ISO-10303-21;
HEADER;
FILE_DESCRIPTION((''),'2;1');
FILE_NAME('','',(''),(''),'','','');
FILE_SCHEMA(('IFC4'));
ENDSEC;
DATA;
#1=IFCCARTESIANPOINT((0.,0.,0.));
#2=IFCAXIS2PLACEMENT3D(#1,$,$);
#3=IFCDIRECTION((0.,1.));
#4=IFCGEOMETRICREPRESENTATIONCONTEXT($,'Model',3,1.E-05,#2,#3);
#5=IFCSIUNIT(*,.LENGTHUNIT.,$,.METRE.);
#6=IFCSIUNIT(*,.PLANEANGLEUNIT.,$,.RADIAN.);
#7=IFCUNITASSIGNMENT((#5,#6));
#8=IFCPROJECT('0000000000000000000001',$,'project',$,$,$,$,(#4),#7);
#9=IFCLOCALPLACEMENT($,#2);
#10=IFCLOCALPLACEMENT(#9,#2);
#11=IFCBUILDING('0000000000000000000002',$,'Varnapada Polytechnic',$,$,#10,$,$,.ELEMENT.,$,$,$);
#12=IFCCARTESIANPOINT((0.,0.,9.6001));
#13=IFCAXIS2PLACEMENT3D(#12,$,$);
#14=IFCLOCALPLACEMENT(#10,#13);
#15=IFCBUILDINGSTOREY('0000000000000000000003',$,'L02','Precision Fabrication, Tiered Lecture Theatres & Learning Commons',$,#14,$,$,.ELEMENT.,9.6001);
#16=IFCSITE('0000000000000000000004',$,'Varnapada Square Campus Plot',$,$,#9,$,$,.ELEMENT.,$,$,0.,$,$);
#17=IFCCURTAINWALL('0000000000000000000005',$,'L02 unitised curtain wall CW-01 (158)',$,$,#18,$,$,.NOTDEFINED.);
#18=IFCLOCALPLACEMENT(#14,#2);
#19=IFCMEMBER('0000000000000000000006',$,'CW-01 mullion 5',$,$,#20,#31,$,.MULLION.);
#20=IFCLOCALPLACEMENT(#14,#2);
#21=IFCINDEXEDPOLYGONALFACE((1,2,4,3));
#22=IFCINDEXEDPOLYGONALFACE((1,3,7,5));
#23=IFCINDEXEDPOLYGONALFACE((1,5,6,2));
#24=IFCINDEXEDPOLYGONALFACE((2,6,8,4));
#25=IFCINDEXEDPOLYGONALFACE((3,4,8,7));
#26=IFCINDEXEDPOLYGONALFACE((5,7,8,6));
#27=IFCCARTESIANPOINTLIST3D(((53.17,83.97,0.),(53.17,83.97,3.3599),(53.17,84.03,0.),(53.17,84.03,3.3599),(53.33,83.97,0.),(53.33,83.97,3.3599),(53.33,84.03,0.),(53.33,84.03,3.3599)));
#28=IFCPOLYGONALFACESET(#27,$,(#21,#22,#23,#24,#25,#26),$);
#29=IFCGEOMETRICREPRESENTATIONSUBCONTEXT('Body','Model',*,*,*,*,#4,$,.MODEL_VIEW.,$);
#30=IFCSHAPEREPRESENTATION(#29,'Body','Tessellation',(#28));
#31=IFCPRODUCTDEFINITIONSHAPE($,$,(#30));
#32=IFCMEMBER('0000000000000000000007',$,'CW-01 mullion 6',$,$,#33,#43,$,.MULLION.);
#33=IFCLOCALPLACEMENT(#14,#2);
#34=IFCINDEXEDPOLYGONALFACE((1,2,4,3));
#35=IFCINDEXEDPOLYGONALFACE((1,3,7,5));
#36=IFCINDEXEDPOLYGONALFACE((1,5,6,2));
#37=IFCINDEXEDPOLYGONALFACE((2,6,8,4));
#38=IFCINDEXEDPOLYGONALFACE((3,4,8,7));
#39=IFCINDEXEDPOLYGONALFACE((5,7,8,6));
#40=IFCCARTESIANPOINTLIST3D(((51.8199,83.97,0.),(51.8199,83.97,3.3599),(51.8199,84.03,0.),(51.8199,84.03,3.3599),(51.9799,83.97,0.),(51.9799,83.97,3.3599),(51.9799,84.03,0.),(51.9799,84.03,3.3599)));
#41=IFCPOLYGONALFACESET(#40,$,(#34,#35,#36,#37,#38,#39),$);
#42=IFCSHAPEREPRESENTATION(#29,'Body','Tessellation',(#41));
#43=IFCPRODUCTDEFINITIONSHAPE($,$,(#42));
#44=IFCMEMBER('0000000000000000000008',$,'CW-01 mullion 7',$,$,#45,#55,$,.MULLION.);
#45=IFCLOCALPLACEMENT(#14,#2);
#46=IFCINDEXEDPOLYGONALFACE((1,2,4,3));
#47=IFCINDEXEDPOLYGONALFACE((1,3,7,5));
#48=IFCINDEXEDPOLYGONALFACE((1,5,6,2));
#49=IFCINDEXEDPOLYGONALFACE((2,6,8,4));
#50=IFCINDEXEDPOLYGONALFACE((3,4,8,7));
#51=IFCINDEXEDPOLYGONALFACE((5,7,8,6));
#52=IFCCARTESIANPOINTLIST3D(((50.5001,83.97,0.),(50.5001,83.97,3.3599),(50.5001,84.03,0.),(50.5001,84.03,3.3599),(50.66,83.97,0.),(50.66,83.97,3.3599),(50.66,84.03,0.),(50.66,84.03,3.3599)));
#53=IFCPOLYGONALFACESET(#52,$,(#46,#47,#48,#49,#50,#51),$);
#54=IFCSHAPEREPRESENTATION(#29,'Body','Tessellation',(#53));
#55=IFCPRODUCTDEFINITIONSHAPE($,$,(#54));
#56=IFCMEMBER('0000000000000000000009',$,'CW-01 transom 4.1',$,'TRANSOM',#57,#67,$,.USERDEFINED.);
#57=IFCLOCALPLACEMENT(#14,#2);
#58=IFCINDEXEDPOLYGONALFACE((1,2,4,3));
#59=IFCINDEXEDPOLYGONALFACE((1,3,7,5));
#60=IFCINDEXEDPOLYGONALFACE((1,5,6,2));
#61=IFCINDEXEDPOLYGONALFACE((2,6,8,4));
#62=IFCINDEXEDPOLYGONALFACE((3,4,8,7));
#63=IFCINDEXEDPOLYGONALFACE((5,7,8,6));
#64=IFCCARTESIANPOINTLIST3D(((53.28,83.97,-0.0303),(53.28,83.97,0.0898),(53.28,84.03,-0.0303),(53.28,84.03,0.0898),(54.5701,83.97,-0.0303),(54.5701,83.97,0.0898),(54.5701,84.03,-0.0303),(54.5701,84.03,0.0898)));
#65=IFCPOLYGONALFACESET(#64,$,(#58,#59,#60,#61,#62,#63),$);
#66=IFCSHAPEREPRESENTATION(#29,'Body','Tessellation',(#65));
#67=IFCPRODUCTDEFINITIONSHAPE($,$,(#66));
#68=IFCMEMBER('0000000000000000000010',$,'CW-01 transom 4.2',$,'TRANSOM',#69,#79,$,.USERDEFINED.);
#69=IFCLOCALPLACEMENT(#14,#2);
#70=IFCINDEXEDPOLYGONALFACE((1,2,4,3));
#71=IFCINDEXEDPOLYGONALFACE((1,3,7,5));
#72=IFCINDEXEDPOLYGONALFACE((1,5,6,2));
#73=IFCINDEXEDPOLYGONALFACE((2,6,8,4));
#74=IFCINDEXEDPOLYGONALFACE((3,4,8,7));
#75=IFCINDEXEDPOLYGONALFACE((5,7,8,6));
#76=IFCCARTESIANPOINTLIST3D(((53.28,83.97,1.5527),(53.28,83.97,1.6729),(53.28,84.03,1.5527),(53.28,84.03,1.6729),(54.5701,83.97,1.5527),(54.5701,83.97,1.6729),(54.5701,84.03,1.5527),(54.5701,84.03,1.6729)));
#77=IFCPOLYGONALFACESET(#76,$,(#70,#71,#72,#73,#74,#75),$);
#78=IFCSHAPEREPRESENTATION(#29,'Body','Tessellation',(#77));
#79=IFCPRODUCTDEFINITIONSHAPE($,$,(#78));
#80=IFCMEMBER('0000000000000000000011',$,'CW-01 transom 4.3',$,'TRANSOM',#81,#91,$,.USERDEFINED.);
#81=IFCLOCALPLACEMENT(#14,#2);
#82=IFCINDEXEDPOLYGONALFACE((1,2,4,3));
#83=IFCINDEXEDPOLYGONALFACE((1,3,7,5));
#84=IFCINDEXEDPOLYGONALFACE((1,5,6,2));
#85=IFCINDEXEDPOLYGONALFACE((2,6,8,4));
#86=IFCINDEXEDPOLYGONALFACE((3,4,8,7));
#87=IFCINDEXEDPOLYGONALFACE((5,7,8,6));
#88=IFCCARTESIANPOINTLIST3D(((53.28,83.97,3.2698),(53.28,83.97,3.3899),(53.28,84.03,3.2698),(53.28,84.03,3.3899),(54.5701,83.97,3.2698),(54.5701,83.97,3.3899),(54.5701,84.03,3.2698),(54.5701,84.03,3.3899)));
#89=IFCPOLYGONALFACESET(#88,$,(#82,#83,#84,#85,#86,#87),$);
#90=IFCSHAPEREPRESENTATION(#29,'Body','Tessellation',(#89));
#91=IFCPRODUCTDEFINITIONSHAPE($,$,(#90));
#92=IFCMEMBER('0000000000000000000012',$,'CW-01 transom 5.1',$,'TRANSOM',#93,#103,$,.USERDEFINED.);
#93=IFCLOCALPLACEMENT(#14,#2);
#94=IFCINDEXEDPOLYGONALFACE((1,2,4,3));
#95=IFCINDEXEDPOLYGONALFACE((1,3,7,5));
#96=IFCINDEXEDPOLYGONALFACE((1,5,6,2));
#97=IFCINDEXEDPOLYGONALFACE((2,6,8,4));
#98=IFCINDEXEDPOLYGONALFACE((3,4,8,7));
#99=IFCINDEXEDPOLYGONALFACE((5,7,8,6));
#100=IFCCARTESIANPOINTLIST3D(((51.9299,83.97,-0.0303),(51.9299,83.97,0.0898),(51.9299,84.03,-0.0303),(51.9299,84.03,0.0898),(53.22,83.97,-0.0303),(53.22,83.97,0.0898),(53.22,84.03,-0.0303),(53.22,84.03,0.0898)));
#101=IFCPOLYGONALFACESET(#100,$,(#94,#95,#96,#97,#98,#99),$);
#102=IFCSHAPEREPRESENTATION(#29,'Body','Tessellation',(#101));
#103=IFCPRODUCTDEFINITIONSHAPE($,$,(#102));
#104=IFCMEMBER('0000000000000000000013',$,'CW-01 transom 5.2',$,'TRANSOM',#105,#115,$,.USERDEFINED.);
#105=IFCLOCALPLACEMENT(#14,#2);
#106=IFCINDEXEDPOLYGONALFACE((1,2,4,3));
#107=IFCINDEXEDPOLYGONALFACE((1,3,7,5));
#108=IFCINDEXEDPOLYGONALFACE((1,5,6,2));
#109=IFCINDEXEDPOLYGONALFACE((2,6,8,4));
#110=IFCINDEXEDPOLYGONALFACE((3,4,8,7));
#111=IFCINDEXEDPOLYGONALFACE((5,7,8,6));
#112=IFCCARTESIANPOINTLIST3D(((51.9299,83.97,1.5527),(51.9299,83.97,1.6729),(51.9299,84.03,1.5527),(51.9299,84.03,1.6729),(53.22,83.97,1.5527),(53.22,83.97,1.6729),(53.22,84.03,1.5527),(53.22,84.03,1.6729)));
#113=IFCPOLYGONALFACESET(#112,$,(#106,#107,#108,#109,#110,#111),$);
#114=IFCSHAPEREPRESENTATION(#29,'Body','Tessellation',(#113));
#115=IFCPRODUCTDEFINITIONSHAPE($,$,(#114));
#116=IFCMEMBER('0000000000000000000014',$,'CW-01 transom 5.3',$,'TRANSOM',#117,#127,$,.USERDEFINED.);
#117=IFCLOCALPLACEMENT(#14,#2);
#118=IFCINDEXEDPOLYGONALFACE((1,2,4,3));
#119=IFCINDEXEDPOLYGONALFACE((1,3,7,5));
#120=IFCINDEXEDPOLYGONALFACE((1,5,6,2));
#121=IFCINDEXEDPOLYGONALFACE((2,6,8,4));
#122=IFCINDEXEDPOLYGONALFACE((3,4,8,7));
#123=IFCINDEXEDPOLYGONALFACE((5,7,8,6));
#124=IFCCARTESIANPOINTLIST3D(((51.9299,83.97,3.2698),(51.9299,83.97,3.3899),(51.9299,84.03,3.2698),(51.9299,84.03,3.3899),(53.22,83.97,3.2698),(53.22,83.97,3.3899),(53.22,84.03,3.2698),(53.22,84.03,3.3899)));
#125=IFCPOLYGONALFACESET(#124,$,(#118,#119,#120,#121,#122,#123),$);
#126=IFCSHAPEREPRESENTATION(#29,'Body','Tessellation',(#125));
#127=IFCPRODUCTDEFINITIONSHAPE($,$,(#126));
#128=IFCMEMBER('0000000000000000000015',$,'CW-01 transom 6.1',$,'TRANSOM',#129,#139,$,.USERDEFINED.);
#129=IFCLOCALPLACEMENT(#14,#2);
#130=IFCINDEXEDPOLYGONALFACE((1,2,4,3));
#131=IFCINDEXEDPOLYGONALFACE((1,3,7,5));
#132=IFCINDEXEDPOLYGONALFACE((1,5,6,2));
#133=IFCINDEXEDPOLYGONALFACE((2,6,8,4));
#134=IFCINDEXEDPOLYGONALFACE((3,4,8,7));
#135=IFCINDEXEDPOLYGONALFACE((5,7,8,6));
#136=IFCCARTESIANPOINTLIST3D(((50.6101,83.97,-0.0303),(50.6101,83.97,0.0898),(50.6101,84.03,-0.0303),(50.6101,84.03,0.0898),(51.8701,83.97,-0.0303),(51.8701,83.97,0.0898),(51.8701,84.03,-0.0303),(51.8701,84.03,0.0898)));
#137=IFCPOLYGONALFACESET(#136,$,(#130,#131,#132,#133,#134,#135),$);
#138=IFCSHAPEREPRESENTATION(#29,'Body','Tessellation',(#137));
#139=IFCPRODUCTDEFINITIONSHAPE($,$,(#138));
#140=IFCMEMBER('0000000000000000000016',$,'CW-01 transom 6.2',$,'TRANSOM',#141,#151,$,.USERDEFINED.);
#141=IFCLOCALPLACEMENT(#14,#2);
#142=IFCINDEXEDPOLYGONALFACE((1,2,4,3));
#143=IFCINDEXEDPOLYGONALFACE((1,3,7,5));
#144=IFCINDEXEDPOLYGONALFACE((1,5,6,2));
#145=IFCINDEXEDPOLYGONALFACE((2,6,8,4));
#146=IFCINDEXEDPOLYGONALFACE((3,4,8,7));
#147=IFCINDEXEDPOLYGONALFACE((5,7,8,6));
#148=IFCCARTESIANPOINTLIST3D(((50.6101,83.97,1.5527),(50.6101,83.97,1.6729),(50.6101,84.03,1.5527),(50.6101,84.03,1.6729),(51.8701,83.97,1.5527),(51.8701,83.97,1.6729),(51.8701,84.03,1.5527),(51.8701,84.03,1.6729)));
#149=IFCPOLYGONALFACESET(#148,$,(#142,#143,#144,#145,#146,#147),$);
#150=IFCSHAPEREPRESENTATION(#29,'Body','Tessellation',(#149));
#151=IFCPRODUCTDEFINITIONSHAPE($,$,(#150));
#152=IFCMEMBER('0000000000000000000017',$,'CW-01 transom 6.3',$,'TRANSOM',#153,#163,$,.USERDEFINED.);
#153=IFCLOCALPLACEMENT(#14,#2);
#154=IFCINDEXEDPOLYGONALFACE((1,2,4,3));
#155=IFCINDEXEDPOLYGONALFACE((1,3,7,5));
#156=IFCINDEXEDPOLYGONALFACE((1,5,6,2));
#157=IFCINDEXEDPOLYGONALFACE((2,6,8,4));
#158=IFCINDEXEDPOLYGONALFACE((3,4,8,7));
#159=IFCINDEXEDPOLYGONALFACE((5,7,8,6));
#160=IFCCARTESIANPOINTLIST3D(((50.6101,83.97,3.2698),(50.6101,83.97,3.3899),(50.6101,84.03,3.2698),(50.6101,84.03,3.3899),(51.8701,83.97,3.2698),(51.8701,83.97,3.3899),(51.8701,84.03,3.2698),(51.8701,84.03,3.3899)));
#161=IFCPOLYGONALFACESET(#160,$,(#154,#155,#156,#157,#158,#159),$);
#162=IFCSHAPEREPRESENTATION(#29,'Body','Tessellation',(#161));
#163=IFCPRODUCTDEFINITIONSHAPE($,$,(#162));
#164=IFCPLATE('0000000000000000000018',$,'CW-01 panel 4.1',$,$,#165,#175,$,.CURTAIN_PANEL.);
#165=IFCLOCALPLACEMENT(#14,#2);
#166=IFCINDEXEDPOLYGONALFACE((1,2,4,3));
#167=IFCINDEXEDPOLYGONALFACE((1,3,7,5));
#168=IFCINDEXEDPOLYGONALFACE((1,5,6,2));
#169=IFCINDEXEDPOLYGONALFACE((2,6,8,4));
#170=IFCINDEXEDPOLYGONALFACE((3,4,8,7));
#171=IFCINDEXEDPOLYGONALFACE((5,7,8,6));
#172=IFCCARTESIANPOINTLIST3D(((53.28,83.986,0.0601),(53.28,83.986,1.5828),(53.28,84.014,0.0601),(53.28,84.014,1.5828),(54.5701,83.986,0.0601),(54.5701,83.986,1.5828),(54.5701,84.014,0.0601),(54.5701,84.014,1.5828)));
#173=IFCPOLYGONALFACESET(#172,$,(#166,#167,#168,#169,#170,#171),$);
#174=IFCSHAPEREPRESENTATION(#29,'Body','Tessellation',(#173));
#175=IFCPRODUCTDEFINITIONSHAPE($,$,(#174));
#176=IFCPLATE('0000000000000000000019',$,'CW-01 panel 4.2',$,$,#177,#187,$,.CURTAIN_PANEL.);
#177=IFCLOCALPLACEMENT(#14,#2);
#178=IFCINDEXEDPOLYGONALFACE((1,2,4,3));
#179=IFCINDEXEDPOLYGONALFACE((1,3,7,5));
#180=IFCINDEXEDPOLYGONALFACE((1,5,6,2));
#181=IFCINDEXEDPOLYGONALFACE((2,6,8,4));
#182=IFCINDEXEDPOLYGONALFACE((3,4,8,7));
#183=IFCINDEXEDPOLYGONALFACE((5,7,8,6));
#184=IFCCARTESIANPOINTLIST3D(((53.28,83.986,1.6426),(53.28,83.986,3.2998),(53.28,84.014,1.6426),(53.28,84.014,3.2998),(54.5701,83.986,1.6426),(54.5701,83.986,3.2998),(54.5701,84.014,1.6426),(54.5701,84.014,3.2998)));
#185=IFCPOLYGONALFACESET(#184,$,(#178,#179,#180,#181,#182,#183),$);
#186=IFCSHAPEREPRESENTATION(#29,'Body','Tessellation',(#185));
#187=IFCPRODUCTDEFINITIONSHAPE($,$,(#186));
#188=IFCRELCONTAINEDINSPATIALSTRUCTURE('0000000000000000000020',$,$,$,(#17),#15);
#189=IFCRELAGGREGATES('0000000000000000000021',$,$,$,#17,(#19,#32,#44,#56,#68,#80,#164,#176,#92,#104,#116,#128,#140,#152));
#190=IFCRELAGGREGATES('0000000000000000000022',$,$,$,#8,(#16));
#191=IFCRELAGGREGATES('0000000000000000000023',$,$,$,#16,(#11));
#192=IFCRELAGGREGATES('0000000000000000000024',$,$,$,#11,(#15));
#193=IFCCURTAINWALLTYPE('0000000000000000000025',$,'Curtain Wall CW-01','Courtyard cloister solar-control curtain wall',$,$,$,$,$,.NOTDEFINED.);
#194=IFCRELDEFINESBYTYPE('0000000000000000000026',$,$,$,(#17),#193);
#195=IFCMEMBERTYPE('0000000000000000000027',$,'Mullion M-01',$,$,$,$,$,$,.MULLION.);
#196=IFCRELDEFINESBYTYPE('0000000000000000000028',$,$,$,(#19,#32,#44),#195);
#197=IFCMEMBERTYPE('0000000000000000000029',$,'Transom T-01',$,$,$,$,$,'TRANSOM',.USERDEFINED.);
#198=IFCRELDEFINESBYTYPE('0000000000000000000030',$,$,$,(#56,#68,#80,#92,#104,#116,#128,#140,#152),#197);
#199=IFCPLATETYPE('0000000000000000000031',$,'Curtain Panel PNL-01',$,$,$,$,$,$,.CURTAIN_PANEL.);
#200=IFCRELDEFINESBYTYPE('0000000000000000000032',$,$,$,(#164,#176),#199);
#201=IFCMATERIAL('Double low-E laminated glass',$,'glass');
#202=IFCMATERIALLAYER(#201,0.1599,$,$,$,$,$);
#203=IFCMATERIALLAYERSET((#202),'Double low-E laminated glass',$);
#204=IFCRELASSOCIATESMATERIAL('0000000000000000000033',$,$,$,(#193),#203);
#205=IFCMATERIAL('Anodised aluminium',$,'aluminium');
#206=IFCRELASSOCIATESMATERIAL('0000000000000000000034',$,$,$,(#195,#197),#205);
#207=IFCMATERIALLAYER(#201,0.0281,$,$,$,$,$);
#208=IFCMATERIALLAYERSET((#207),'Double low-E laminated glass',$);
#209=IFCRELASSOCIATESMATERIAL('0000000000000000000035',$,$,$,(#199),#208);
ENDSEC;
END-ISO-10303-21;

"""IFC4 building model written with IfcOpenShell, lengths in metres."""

from ifc_helpers import new_model, si_unit, direction, frame, origin, origin_2d, place, context, subcontext, project, spatial, rectangle, extrude, material, layer, layer_set, material_profile, profile_set, type_object, element, aggregate, save


model = new_model("IFC4")

# Units and contexts
model_context = context("Model", 3, precision=1e-05, world=origin(), true_north=direction((0.0, 1.0)))
body_context = subcontext(model_context, "Body", "Model", "MODEL_VIEW")
ifc_project = project(units=[si_unit("LENGTHUNIT", "METRE"), si_unit("PLANEANGLEUNIT", "RADIAN")], contexts=[model_context])

# Site, building, storey
site_placement = place(None, origin())
site = spatial("IfcSite", under=ifc_project, at=site_placement, Name="Varnapada Square Campus Plot", CompositionType="ELEMENT", RefElevation=0.0)
building_placement = place(site_placement, origin())
building = spatial("IfcBuilding", under=site, at=building_placement, Name="Varnapada Polytechnic", CompositionType="ELEMENT")
storey_placement = place(building_placement, frame((0.0, 0.0, 9.6001)))
storey = spatial("IfcBuildingStorey", under=building, at=storey_placement, Name="L02", Description="Precision Fabrication, Tiered Lecture Theatres & Learning Commons", CompositionType="ELEMENT", Elevation=9.6001)

# Curtain wall, members, plates
ifc_material_1 = material(Name="Double low-E laminated glass", Category="glass")
ifc_layer_1 = layer(ifc_material_1, 0.1599)
ifc_layer_set_1 = layer_set([ifc_layer_1], Name="Double low-E laminated glass")
curtain_wall_type = type_object("IfcCurtainWallType", Name="Curtain Wall CW-01", Description="Courtyard cloister solar-control curtain wall", PredefinedType="NOTDEFINED", material=ifc_layer_set_1)
curtain_wall_placement = place(storey_placement, origin())
curtain_wall = element("IfcCurtainWall", 1, at=curtain_wall_placement, inside=storey, type_object=curtain_wall_type, Name="L02 unitised curtain wall CW-01 (158)", PredefinedType="NOTDEFINED")
ifc_material_2 = material(Name="Anodised aluminium", Category="aluminium")
ifc_material_profile_1 = material_profile(ifc_material_2, rectangle(XDim=0.0601, YDim=0.1599, at=origin_2d()), Name="ALU M60x160")
ifc_profile_set_1 = profile_set([ifc_material_profile_1], Name="Anodised aluminium")
member_type_1 = type_object("IfcMemberType", Name="Mullion M-01", PredefinedType="MULLION", material=ifc_profile_set_1)
member_1_placement = place(storey_placement, frame((53.25, 84.0, 0.0), z_axis=(0.0, 0.0, 1.0), x_axis=(0.0, -1.0, 0.0)))
member_1 = element("IfcMember", 2, at=member_1_placement, type_object=member_type_1, Name="CW-01 mullion 5", PredefinedType="MULLION", context=body_context, shape_type="SweptSolid", body=[
    extrude(rectangle(XDim=0.0601, YDim=0.1599, at=origin_2d()), origin(), (0.0, 0.0, 1.0), 3.3599),
])
member_2_placement = place(storey_placement, frame((51.8999, 84.0, 0.0), z_axis=(0.0, 0.0, 1.0), x_axis=(0.0, -1.0, 0.0)))
member_2 = element("IfcMember", 3, at=member_2_placement, type_object=member_type_1, Name="CW-01 mullion 6", PredefinedType="MULLION", context=body_context, shape_type="SweptSolid", body=[
    extrude(rectangle(XDim=0.0601, YDim=0.1599, at=origin_2d()), origin(), (0.0, 0.0, 1.0), 3.3599),
])
member_3_placement = place(storey_placement, frame((50.5801, 84.0, 0.0), z_axis=(0.0, 0.0, 1.0), x_axis=(0.0, -1.0, 0.0)))
member_3 = element("IfcMember", 4, at=member_3_placement, type_object=member_type_1, Name="CW-01 mullion 7", PredefinedType="MULLION", context=body_context, shape_type="SweptSolid", body=[
    extrude(rectangle(XDim=0.0601, YDim=0.1599, at=origin_2d()), origin(), (0.0, 0.0, 1.0), 3.3599),
])
ifc_material_profile_2 = material_profile(ifc_material_2, rectangle(XDim=0.0601, YDim=0.1201, at=origin_2d()), Name="ALU T60x120")
ifc_profile_set_2 = profile_set([ifc_material_profile_2], Name="Anodised aluminium")
member_type_2 = type_object("IfcMemberType", Name="Transom T-01", ElementType="TRANSOM", PredefinedType="USERDEFINED", material=ifc_profile_set_2)
member_4_placement = place(storey_placement, frame((54.5701, 84.0, 0.0298), z_axis=(-1.0, 0.0, 0.0), x_axis=(0.0, -1.0, 0.0)))
member_4 = element("IfcMember", 5, at=member_4_placement, type_object=member_type_2, Name="CW-01 transom 4.1", ObjectType="TRANSOM", PredefinedType="USERDEFINED", context=body_context, shape_type="SweptSolid", body=[
    extrude(rectangle(XDim=0.0601, YDim=0.1201, at=origin_2d()), origin(), (0.0, 0.0, 1.0), 1.29),
])
member_5_placement = place(storey_placement, frame((54.5701, 84.0, 1.6128), z_axis=(-1.0, 0.0, 0.0), x_axis=(0.0, -1.0, 0.0)))
member_5 = element("IfcMember", 6, at=member_5_placement, type_object=member_type_2, Name="CW-01 transom 4.2", ObjectType="TRANSOM", PredefinedType="USERDEFINED", context=body_context, shape_type="SweptSolid", body=[
    extrude(rectangle(XDim=0.0601, YDim=0.1201, at=origin_2d()), origin(), (0.0, 0.0, 1.0), 1.29),
])
member_6_placement = place(storey_placement, frame((54.5701, 84.0, 3.3298), z_axis=(-1.0, 0.0, 0.0), x_axis=(0.0, -1.0, 0.0)))
member_6 = element("IfcMember", 7, at=member_6_placement, type_object=member_type_2, Name="CW-01 transom 4.3", ObjectType="TRANSOM", PredefinedType="USERDEFINED", context=body_context, shape_type="SweptSolid", body=[
    extrude(rectangle(XDim=0.0601, YDim=0.1201, at=origin_2d()), origin(), (0.0, 0.0, 1.0), 1.29),
])
member_7_placement = place(storey_placement, frame((53.22, 84.0, 0.0298), z_axis=(-1.0, 0.0, 0.0), x_axis=(0.0, -1.0, 0.0)))
member_7 = element("IfcMember", 8, at=member_7_placement, type_object=member_type_2, Name="CW-01 transom 5.1", ObjectType="TRANSOM", PredefinedType="USERDEFINED", context=body_context, shape_type="SweptSolid", body=[
    extrude(rectangle(XDim=0.0601, YDim=0.1201, at=origin_2d()), origin(), (0.0, 0.0, 1.0), 1.29),
])
member_8_placement = place(storey_placement, frame((53.22, 84.0, 1.6128), z_axis=(-1.0, 0.0, 0.0), x_axis=(0.0, -1.0, 0.0)))
member_8 = element("IfcMember", 9, at=member_8_placement, type_object=member_type_2, Name="CW-01 transom 5.2", ObjectType="TRANSOM", PredefinedType="USERDEFINED", context=body_context, shape_type="SweptSolid", body=[
    extrude(rectangle(XDim=0.0601, YDim=0.1201, at=origin_2d()), origin(), (0.0, 0.0, 1.0), 1.29),
])
member_9_placement = place(storey_placement, frame((53.22, 84.0, 3.3298), z_axis=(-1.0, 0.0, 0.0), x_axis=(0.0, -1.0, 0.0)))
member_9 = element("IfcMember", 10, at=member_9_placement, type_object=member_type_2, Name="CW-01 transom 5.3", ObjectType="TRANSOM", PredefinedType="USERDEFINED", context=body_context, shape_type="SweptSolid", body=[
    extrude(rectangle(XDim=0.0601, YDim=0.1201, at=origin_2d()), origin(), (0.0, 0.0, 1.0), 1.29),
])
member_10_placement = place(storey_placement, frame((51.8701, 84.0, 0.0298), z_axis=(-1.0, 0.0, 0.0), x_axis=(0.0, -1.0, 0.0)))
member_10 = element("IfcMember", 11, at=member_10_placement, type_object=member_type_2, Name="CW-01 transom 6.1", ObjectType="TRANSOM", PredefinedType="USERDEFINED", context=body_context, shape_type="SweptSolid", body=[
    extrude(rectangle(XDim=0.0601, YDim=0.1201, at=origin_2d()), origin(), (0.0, 0.0, 1.0), 1.26),
])
member_11_placement = place(storey_placement, frame((51.8701, 84.0, 1.6128), z_axis=(-1.0, 0.0, 0.0), x_axis=(0.0, -1.0, 0.0)))
member_11 = element("IfcMember", 12, at=member_11_placement, type_object=member_type_2, Name="CW-01 transom 6.2", ObjectType="TRANSOM", PredefinedType="USERDEFINED", context=body_context, shape_type="SweptSolid", body=[
    extrude(rectangle(XDim=0.0601, YDim=0.1201, at=origin_2d()), origin(), (0.0, 0.0, 1.0), 1.26),
])
member_12_placement = place(storey_placement, frame((51.8701, 84.0, 3.3298), z_axis=(-1.0, 0.0, 0.0), x_axis=(0.0, -1.0, 0.0)))
member_12 = element("IfcMember", 13, at=member_12_placement, type_object=member_type_2, Name="CW-01 transom 6.3", ObjectType="TRANSOM", PredefinedType="USERDEFINED", context=body_context, shape_type="SweptSolid", body=[
    extrude(rectangle(XDim=0.0601, YDim=0.1201, at=origin_2d()), origin(), (0.0, 0.0, 1.0), 1.26),
])
ifc_layer_2 = layer(ifc_material_1, 0.0281)
ifc_layer_set_2 = layer_set([ifc_layer_2], Name="Double low-E laminated glass")
plate_type = type_object("IfcPlateType", Name="Curtain Panel PNL-01", PredefinedType="CURTAIN_PANEL", material=ifc_layer_set_2)
plate_1_placement = place(storey_placement, frame((53.925, 84.0, 0.0601), z_axis=(0.0, 0.0, 1.0), x_axis=(-1.0, 0.0, 0.0)))
plate_1 = element("IfcPlate", 14, at=plate_1_placement, type_object=plate_type, Name="CW-01 panel 4.1", PredefinedType="CURTAIN_PANEL", context=body_context, shape_type="SweptSolid", body=[
    extrude(rectangle(XDim=1.29, YDim=0.0281, at=origin_2d()), origin(), (0.0, 0.0, 1.0), 1.5227),
])
plate_2_placement = place(storey_placement, frame((53.925, 84.0, 1.6426), z_axis=(0.0, 0.0, 1.0), x_axis=(-1.0, 0.0, 0.0)))
plate_2 = element("IfcPlate", 15, at=plate_2_placement, type_object=plate_type, Name="CW-01 panel 4.2", PredefinedType="CURTAIN_PANEL", context=body_context, shape_type="SweptSolid", body=[
    extrude(rectangle(XDim=1.29, YDim=0.0281, at=origin_2d()), origin(), (0.0, 0.0, 1.0), 1.6572),
])
aggregate(curtain_wall, [member_1, member_2, member_3, member_4, member_5, member_6, plate_1, plate_2, member_7, member_8, member_9, member_10, member_11, member_12])

save(model, "model.ifc")
